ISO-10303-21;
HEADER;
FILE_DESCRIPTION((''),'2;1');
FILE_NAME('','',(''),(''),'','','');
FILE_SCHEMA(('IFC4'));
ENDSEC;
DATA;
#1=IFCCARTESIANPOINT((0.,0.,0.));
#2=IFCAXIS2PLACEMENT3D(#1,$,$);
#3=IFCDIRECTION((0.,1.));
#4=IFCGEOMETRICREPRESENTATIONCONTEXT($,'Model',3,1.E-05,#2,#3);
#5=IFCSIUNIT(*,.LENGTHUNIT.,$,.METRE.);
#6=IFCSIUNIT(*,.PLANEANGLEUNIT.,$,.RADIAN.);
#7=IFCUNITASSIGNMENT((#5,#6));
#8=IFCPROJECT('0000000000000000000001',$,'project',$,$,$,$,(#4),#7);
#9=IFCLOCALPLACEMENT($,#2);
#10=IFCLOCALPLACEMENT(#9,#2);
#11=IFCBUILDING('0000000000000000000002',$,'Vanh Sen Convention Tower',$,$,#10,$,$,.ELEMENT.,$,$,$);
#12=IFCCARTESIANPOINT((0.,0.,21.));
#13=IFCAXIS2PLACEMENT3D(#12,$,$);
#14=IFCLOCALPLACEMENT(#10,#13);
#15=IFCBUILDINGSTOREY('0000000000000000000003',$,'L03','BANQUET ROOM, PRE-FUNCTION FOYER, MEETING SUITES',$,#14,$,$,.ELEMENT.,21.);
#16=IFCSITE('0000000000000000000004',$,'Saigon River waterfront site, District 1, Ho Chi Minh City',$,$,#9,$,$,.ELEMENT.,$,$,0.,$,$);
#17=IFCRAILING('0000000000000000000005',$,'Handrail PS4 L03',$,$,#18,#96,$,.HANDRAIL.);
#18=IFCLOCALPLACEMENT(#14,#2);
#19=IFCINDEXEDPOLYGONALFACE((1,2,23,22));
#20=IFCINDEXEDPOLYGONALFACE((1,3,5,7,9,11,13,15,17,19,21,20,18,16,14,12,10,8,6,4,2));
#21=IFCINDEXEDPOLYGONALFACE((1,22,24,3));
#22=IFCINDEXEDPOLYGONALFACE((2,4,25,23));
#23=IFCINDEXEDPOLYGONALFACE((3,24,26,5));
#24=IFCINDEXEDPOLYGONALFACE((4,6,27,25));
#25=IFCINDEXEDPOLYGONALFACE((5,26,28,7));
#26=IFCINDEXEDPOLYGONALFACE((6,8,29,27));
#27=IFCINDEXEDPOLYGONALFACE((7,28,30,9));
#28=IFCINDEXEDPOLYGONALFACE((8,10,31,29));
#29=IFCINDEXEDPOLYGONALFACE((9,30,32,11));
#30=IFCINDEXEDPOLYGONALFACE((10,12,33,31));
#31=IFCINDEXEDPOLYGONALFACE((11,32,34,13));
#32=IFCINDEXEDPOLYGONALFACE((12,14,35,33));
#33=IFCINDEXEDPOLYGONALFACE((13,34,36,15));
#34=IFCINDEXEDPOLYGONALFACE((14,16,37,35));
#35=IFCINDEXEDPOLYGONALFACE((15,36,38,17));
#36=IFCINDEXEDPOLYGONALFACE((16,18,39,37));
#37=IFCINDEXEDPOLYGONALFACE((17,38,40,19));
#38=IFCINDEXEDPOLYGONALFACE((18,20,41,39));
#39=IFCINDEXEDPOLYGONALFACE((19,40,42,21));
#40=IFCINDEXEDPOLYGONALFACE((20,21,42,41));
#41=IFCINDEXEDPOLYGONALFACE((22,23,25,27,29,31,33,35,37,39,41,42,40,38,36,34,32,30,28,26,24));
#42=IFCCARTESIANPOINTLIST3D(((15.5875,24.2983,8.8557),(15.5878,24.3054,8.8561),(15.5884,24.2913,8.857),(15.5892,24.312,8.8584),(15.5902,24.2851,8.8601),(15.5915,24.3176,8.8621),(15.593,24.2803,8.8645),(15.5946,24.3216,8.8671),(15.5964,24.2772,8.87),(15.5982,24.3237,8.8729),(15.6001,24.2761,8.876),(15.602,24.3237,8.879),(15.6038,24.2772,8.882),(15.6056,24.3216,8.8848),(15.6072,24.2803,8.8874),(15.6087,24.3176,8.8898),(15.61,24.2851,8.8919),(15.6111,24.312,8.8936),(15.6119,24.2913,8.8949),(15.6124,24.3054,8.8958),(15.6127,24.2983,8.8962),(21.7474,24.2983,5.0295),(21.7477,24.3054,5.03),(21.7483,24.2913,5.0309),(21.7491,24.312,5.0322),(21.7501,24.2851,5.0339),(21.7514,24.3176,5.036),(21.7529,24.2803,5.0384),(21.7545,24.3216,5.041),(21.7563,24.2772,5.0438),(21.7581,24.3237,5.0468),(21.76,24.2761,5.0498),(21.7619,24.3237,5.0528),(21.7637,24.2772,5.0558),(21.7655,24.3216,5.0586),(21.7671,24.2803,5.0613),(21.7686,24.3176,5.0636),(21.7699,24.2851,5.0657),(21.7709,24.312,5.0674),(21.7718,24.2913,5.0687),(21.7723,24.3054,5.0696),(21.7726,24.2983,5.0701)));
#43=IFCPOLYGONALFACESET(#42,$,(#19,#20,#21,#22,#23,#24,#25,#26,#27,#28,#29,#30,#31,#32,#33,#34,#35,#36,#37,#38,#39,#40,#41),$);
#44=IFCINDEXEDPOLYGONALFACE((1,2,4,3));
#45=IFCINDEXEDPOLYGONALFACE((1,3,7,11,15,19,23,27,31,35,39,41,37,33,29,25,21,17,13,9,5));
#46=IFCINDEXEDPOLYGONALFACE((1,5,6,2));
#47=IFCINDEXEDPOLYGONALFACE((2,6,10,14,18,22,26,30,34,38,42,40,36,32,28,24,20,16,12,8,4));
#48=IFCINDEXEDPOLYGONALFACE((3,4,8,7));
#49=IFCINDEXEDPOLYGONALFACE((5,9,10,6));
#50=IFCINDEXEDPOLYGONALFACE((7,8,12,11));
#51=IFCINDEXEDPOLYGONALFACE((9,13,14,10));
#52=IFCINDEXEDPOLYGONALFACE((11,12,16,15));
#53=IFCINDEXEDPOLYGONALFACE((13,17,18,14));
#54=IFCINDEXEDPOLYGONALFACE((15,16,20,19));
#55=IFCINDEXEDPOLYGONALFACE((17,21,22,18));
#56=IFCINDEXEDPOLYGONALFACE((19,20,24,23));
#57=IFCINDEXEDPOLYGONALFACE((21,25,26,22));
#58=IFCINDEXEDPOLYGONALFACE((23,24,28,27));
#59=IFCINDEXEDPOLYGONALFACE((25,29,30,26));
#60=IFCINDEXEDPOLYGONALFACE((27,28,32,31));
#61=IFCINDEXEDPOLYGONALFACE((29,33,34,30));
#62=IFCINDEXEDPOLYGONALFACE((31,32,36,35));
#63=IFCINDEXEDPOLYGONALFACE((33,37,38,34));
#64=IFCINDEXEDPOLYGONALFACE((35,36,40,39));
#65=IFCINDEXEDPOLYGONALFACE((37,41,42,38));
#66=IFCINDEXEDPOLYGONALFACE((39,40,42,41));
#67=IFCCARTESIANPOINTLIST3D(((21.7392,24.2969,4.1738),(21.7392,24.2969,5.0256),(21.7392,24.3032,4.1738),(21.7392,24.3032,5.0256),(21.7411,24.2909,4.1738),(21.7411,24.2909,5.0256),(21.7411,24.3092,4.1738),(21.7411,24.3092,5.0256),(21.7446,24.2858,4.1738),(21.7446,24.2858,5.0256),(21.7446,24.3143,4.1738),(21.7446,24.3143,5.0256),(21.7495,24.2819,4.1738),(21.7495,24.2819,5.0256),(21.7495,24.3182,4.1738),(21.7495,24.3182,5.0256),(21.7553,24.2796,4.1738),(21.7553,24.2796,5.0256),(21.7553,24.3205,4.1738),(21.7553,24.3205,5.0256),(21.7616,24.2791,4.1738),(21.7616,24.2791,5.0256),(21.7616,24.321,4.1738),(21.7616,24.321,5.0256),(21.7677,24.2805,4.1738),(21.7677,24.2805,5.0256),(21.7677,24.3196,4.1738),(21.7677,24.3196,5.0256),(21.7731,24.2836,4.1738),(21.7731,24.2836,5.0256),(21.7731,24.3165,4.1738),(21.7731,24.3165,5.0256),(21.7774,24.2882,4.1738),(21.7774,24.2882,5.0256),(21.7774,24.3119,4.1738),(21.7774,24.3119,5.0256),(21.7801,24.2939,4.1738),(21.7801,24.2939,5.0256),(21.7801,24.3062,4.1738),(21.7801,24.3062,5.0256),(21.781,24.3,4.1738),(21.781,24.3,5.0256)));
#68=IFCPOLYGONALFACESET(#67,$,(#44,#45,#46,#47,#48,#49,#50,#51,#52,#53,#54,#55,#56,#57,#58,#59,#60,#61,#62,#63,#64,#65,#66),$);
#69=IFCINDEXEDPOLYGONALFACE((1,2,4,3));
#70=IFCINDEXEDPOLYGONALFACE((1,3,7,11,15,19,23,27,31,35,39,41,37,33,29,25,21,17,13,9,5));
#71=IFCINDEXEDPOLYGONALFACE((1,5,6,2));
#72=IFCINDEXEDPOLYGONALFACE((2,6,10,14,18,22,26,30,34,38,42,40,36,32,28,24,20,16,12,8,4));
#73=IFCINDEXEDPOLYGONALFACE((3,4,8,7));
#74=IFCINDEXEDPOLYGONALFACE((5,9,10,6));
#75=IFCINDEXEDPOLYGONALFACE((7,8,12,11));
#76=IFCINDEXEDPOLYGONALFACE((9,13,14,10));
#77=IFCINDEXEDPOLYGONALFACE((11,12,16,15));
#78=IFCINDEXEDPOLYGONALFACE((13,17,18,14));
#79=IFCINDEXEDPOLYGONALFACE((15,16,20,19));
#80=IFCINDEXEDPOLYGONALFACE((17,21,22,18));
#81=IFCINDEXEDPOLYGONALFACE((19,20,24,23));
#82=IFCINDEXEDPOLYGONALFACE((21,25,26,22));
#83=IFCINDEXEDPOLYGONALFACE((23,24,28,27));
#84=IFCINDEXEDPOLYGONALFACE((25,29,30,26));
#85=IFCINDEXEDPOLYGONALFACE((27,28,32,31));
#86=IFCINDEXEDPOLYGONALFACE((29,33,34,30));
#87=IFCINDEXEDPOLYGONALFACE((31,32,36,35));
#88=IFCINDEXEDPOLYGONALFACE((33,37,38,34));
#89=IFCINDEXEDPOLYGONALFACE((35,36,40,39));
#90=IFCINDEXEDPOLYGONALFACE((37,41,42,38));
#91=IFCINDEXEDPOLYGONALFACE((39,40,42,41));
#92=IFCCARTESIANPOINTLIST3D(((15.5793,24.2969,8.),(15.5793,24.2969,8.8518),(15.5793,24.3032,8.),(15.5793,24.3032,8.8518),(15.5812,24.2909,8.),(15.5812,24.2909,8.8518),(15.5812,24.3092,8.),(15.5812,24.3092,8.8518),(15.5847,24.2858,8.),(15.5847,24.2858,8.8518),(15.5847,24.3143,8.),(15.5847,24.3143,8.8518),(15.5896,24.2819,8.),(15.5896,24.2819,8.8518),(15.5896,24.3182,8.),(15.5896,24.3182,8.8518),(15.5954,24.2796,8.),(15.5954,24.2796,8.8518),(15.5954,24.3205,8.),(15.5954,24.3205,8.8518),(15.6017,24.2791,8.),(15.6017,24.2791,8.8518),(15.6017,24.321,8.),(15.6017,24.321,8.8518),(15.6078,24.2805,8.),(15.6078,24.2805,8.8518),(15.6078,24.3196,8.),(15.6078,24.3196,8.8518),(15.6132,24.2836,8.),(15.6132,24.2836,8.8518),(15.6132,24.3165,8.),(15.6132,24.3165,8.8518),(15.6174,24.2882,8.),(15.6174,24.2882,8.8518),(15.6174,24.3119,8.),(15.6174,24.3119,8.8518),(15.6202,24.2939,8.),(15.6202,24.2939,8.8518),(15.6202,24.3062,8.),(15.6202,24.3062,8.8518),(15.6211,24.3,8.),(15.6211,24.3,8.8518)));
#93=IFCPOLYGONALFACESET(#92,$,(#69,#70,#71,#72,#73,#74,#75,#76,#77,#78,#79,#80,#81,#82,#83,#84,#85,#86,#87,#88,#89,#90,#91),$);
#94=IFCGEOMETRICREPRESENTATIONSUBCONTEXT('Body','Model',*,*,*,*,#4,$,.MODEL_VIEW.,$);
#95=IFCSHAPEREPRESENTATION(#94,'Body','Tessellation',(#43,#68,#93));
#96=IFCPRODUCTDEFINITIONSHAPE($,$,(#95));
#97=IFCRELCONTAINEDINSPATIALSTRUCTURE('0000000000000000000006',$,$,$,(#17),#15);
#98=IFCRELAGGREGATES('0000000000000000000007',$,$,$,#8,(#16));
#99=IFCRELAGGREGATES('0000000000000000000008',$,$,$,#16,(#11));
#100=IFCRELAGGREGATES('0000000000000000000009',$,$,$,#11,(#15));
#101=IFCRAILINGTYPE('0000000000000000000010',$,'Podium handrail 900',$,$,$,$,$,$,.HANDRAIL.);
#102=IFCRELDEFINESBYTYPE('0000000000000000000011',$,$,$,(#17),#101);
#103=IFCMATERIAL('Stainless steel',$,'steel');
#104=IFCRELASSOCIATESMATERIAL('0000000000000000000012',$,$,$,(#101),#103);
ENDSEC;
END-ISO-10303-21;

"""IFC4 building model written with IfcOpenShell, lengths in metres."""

from ifc_helpers import new_model, si_unit, direction, frame, origin, origin_2d, place, context, subcontext, project, spatial, circle, extrude, material, type_object, element, save


model = new_model("IFC4")

# Units and contexts
model_context = context("Model", 3, precision=1e-05, world=origin(), true_north=direction((0.0, 1.0)))
body_context = subcontext(model_context, "Body", "Model", "MODEL_VIEW")
ifc_project = project(units=[si_unit("LENGTHUNIT", "METRE"), si_unit("PLANEANGLEUNIT", "RADIAN")], contexts=[model_context])

# Site, building, storey
site_placement = place(None, origin())
site = spatial("IfcSite", under=ifc_project, at=site_placement, Name="Saigon River waterfront site, District 1, Ho Chi Minh City", CompositionType="ELEMENT", RefElevation=0.0)
building_placement = place(site_placement, origin())
building = spatial("IfcBuilding", under=site, at=building_placement, Name="Vanh Sen Convention Tower", CompositionType="ELEMENT")
storey_placement = place(building_placement, frame((0.0, 0.0, 21.0)))
storey = spatial("IfcBuildingStorey", under=building, at=storey_placement, Name="L03", Description="BANQUET ROOM, PRE-FUNCTION FOYER, MEETING SUITES", CompositionType="ELEMENT", Elevation=21.0)

# Railing
ifc_material_1 = material(Name="Stainless steel", Category="steel")
railing_type = type_object("IfcRailingType", Name="Podium handrail 900", PredefinedType="HANDRAIL", material=ifc_material_1)
for number, where, name in (
    (1, (21.76, 24.3, 4.1738), "Handrail PS4 L03"),
):
    element("IfcRailing", number, at=place(storey_placement, frame(where)), inside=storey, type_object=railing_type, Name=name, PredefinedType="HANDRAIL", context=body_context, shape_type="SweptSolid", body=[
        extrude(circle(Radius=0.0239, at=origin_2d()), frame((0.0, 0.0, 0.876), z_axis=(-0.849468, 0.0, 0.527639), x_axis=(0.0, -1.0, 0.0)), (0.0, 0.0, 1.0), 7.2515),
        extrude(circle(Radius=0.021, at=origin_2d()), origin(), (0.0, 0.0, 1.0), 0.8518),
        extrude(circle(Radius=0.021, at=origin_2d()), frame((-6.1599, 0.0, 3.8262)), (0.0, 0.0, 1.0), 0.8518),
    ])

save(model, "model.ifc")
